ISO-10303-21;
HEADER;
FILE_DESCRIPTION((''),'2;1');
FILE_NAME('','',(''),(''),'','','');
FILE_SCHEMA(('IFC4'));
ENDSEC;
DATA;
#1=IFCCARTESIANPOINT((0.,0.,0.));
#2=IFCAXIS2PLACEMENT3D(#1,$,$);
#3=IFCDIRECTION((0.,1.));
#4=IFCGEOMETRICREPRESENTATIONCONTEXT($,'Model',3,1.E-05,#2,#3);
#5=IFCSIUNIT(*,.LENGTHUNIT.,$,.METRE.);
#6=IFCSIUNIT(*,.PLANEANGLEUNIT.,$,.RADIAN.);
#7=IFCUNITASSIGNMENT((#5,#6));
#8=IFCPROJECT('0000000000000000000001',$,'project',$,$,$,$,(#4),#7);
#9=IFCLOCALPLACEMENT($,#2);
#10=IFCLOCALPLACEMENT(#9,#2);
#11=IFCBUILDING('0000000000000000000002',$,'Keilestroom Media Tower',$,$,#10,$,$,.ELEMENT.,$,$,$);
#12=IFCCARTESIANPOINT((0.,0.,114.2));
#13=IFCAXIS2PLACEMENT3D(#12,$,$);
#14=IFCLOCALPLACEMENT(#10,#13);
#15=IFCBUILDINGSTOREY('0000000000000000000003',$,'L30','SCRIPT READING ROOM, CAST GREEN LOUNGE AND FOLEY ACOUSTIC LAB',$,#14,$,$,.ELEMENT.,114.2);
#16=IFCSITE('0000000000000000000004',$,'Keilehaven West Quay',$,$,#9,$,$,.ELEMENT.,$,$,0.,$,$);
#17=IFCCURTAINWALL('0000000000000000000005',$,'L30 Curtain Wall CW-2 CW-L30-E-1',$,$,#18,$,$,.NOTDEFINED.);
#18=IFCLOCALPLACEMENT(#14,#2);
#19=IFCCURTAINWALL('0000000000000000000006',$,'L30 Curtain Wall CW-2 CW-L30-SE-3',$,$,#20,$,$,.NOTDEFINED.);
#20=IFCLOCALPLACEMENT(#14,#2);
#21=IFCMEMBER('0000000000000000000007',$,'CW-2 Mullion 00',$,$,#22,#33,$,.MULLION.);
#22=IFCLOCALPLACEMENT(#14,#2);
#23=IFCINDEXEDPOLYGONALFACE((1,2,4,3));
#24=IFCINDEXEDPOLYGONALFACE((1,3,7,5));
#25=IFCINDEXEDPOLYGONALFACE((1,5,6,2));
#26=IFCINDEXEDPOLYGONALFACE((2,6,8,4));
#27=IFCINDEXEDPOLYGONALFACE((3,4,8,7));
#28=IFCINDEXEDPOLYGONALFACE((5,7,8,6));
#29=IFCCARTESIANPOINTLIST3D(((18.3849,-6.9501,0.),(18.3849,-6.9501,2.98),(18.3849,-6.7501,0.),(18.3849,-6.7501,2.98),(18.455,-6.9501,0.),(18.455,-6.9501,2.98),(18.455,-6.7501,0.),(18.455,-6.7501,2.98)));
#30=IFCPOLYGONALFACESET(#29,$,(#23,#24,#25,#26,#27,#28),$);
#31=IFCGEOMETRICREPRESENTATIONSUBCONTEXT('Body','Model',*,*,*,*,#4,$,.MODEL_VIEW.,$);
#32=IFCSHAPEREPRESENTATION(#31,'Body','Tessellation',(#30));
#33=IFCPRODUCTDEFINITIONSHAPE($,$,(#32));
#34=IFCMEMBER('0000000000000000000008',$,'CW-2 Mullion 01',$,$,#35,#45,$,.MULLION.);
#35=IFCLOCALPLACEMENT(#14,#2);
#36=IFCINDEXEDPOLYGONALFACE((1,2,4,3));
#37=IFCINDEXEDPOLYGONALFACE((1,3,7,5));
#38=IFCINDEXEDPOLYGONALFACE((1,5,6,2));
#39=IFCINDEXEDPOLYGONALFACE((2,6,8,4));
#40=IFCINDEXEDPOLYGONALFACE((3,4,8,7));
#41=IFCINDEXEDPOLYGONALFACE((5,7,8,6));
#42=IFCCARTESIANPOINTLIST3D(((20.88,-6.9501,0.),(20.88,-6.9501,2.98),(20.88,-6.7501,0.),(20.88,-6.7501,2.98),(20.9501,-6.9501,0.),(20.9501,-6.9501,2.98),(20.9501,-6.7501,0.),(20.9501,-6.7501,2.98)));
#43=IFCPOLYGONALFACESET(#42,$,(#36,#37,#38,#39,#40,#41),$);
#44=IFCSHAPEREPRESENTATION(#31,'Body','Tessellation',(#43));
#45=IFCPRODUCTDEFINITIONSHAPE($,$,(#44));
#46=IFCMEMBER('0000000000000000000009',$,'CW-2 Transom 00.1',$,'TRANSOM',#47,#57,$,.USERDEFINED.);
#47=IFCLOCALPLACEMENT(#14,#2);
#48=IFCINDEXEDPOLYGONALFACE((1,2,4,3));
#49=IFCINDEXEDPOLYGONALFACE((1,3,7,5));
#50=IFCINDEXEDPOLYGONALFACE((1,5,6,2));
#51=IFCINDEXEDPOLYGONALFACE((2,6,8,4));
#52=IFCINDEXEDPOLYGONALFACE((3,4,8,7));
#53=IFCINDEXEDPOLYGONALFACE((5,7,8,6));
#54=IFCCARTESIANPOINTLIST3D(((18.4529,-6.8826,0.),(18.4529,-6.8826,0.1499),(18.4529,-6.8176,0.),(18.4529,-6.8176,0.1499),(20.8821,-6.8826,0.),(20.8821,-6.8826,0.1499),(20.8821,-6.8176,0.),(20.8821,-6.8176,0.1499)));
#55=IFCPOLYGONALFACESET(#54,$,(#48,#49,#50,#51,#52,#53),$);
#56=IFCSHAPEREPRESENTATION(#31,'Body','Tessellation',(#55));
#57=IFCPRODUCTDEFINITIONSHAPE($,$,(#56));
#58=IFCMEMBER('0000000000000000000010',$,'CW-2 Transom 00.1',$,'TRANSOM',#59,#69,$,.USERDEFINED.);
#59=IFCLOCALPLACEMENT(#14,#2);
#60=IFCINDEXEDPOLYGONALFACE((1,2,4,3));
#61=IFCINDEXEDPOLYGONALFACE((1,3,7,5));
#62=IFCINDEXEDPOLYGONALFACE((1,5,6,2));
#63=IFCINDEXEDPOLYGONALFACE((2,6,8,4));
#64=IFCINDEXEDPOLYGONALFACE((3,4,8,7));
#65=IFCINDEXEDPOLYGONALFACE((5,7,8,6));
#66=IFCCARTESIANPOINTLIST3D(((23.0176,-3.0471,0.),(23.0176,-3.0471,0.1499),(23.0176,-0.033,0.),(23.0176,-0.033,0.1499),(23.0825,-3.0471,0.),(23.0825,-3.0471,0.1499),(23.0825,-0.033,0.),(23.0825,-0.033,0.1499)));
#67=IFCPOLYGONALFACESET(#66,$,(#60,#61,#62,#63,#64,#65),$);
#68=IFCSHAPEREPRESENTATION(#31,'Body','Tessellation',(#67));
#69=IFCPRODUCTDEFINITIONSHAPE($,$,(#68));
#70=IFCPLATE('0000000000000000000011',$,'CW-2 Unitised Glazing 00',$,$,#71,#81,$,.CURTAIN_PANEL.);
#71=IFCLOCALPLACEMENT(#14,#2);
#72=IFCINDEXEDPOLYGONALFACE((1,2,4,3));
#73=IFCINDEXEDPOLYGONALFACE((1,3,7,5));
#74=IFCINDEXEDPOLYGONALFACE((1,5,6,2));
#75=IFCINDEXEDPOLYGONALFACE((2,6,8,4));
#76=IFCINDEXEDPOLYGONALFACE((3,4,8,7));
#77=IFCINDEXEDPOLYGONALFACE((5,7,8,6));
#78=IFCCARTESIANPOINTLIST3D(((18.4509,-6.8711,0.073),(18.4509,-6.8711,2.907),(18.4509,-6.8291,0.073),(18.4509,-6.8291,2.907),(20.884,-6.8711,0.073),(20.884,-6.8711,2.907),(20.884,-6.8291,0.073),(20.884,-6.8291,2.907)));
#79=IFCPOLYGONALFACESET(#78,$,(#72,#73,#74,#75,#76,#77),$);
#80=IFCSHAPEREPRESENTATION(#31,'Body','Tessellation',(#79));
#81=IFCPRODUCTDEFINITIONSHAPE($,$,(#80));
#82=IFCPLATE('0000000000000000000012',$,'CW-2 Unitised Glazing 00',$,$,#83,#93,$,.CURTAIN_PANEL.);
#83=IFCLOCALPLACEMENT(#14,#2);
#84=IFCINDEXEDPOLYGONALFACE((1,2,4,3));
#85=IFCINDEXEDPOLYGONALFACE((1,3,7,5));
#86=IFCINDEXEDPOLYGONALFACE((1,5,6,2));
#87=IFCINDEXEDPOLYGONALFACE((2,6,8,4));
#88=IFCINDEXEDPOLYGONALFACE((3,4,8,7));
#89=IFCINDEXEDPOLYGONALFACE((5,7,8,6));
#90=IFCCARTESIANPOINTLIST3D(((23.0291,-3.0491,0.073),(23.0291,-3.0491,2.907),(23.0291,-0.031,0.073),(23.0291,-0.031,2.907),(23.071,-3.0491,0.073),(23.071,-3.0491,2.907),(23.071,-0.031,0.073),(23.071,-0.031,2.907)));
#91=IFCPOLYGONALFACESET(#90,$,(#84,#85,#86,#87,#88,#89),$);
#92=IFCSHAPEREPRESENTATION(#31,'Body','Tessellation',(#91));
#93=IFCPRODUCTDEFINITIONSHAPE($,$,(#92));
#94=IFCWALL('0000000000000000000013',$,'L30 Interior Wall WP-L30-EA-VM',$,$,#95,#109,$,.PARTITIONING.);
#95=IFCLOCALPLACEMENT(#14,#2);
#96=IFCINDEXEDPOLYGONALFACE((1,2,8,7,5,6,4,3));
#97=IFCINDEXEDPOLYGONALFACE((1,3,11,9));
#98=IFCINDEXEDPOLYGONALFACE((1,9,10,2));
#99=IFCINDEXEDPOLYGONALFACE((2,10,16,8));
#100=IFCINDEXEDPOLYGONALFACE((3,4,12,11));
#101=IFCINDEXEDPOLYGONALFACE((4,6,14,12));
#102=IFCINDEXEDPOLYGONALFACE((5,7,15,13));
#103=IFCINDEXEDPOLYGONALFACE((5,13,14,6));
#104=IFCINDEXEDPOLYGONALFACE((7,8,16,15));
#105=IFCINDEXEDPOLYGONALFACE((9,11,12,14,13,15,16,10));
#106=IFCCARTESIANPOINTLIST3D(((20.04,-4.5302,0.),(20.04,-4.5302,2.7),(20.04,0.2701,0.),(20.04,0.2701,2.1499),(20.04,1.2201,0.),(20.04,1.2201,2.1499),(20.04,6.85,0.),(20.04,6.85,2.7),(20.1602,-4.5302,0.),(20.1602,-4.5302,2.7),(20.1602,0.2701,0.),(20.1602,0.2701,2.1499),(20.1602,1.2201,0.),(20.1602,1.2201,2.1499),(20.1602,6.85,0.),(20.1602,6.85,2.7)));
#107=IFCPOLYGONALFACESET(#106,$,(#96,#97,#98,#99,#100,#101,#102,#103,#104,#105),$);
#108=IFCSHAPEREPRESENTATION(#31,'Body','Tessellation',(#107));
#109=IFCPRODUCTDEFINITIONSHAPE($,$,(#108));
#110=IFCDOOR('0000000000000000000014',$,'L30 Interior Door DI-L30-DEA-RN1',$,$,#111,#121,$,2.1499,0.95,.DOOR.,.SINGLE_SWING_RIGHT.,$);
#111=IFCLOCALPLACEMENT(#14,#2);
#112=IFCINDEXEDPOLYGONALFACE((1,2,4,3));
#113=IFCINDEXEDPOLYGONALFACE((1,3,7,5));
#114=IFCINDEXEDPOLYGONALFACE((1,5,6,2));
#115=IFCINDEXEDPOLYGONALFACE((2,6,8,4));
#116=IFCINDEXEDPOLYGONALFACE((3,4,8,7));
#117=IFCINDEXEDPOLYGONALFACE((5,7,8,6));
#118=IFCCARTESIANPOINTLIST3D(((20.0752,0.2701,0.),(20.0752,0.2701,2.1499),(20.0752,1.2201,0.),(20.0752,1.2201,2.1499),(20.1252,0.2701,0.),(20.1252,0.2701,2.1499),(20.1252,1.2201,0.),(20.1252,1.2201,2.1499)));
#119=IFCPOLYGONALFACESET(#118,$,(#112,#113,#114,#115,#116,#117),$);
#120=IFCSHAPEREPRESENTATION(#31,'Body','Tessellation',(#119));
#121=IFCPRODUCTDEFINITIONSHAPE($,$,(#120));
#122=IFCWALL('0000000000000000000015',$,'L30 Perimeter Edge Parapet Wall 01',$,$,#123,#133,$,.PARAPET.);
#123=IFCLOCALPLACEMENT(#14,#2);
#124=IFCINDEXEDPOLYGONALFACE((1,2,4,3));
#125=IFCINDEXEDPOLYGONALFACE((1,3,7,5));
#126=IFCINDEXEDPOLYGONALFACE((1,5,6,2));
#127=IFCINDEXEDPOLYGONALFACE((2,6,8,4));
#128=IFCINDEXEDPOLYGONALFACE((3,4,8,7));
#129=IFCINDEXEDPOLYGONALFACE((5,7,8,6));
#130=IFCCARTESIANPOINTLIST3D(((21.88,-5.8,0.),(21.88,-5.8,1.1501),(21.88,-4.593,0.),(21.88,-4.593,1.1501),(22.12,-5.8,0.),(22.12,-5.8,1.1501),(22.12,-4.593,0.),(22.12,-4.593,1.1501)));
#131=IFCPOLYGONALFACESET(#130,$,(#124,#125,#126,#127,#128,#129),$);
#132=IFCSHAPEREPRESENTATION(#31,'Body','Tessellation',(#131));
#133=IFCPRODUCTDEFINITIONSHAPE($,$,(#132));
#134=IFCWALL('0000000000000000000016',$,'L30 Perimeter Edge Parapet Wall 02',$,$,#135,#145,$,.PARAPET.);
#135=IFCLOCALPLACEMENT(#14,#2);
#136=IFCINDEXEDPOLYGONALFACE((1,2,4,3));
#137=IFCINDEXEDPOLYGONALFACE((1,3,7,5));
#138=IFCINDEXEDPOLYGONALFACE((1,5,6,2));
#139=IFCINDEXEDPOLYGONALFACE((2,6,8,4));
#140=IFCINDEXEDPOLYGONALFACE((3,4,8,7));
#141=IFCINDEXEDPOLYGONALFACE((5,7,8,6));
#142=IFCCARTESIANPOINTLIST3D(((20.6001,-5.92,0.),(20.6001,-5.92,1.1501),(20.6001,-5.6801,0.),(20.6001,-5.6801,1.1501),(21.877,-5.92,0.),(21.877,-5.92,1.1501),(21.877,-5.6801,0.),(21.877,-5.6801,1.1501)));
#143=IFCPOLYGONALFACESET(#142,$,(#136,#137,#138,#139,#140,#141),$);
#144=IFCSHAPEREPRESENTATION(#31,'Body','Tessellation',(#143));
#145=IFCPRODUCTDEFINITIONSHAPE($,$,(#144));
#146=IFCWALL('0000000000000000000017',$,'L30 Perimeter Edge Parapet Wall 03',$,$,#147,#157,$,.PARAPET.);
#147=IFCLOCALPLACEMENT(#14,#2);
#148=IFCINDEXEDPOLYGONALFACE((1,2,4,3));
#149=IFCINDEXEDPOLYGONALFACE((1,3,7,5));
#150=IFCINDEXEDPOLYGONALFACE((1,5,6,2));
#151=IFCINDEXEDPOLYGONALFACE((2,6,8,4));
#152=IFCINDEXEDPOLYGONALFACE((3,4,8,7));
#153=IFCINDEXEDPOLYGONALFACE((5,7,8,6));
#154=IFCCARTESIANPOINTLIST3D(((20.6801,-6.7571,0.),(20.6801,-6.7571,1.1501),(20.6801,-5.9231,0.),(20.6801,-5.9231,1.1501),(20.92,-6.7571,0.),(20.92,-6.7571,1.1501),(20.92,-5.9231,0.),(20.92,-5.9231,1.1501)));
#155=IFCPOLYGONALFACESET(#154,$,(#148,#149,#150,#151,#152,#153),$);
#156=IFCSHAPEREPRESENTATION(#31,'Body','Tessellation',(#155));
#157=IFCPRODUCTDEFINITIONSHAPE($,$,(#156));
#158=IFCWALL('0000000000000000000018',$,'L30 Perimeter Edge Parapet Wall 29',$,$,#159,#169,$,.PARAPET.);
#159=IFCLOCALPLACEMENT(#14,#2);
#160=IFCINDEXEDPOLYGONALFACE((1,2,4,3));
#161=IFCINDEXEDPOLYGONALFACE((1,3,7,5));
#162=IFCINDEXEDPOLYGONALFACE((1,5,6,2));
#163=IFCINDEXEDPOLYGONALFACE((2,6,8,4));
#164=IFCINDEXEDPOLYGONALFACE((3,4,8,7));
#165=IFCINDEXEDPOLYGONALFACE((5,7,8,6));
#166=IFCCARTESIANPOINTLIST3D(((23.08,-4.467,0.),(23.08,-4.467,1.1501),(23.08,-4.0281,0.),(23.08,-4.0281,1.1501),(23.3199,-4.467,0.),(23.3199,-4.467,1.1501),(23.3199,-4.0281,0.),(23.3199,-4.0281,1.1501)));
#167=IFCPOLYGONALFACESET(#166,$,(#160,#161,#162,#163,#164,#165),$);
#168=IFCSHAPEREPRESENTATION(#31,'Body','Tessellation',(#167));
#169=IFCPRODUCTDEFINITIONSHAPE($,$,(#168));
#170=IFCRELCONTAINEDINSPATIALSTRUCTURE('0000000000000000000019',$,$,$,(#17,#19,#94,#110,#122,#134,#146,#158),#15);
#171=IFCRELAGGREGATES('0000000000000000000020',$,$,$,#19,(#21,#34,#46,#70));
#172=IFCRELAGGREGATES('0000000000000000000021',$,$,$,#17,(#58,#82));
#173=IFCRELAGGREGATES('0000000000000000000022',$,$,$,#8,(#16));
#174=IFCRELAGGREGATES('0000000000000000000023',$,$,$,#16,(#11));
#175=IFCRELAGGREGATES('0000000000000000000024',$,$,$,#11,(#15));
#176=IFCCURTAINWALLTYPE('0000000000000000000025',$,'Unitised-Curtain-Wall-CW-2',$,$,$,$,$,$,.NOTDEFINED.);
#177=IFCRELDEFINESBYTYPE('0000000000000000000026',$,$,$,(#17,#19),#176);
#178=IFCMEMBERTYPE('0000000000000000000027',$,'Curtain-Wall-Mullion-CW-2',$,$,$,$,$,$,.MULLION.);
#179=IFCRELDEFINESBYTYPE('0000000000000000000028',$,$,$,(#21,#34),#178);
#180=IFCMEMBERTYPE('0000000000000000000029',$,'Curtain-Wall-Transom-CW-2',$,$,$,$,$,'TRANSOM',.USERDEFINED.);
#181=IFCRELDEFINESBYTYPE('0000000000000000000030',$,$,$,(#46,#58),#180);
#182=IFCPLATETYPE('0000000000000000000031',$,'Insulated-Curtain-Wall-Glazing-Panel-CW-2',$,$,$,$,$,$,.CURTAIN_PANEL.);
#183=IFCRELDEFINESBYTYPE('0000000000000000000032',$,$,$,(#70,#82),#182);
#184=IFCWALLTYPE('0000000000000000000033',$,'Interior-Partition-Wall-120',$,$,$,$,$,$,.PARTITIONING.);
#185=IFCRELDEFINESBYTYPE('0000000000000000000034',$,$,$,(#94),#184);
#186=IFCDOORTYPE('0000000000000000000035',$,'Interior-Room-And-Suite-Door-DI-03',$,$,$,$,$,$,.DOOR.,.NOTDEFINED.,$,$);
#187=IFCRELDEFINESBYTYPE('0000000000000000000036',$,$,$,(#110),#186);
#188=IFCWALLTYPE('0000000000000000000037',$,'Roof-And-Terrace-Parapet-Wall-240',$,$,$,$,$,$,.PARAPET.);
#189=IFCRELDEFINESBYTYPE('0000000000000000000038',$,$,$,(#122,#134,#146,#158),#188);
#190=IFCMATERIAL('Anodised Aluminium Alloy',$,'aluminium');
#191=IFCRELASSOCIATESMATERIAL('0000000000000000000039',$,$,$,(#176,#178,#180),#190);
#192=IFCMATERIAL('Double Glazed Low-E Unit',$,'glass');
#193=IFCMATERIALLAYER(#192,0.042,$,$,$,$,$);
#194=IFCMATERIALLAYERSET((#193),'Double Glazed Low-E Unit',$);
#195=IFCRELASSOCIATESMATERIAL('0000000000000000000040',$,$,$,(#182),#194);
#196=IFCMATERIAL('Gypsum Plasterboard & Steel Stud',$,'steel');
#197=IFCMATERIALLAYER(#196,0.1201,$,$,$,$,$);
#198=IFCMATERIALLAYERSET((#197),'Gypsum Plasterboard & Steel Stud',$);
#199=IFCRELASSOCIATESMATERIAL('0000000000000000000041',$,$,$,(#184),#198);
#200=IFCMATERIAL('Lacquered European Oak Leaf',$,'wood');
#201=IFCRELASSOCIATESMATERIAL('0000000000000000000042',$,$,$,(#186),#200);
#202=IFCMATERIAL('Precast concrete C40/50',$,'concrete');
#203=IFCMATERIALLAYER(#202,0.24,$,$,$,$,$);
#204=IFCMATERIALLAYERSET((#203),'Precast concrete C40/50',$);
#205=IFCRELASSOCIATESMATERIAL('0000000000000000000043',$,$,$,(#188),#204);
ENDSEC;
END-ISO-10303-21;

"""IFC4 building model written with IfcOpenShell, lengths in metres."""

from ifc_helpers import new_model, si_unit, direction, frame, frame_2d, origin, origin_2d, place, context, subcontext, project, spatial, rectangle, extrude, source, transform, mapped, material, layer, layer_set, material_profile, profile_set, type_object, element, fill, aggregate, save


model = new_model("IFC4")

# Units and contexts
model_context = context("Model", 3, precision=1e-05, world=origin(), true_north=direction((0.0, 1.0)))
body_context = subcontext(model_context, "Body", "Model", "MODEL_VIEW")
ifc_project = project(units=[si_unit("LENGTHUNIT", "METRE"), si_unit("PLANEANGLEUNIT", "RADIAN")], contexts=[model_context])

# Site, building, storey
site_placement = place(None, origin())
site = spatial("IfcSite", under=ifc_project, at=site_placement, Name="Keilehaven West Quay", CompositionType="ELEMENT", RefElevation=0.0)
building_placement = place(site_placement, origin())
building = spatial("IfcBuilding", under=site, at=building_placement, Name="Keilestroom Media Tower", CompositionType="ELEMENT")
storey_placement = place(building_placement, frame((0.0, 0.0, 114.2)))
storey = spatial("IfcBuildingStorey", under=building, at=storey_placement, Name="L30", Description="SCRIPT READING ROOM, CAST GREEN LOUNGE AND FOLEY ACOUSTIC LAB", CompositionType="ELEMENT", Elevation=114.2)

# Shared definitions
ifc_material_1 = material(Name="Precast concrete C40/50", Category="concrete")

# Curtain wall
ifc_material_2 = material(Name="Anodised Aluminium Alloy", Category="aluminium")
curtain_wall_type = type_object("IfcCurtainWallType", Name="Unitised-Curtain-Wall-CW-2", PredefinedType="NOTDEFINED", material=ifc_material_2)
curtain_wall_1_placement = place(storey_placement, origin())
curtain_wall_1 = element("IfcCurtainWall", 1, at=curtain_wall_1_placement, inside=storey, type_object=curtain_wall_type, Name="L30 Curtain Wall CW-2 CW-L30-E-1", PredefinedType="NOTDEFINED")
ifc_material_profile_1 = material_profile(ifc_material_2, rectangle(XDim=0.0701, YDim=0.2, at=origin_2d()), Name="ALU MULLION 70x200")
ifc_profile_set_1 = profile_set([ifc_material_profile_1], Name="Anodised Aluminium Alloy")
member_type_1 = type_object("IfcMemberType", Name="Curtain-Wall-Mullion-CW-2", PredefinedType="MULLION", material=ifc_profile_set_1)
shared_shape_1 = source(origin(), body_context, "Body", "SweptSolid", [
    extrude(rectangle(XDim=0.0701, YDim=0.2, at=origin_2d()), origin(), (0.0, 0.0, 1.0), 2.98),
])

# Curtain wall, members
curtain_wall_2_placement = place(storey_placement, origin())
curtain_wall_2 = element("IfcCurtainWall", 2, at=curtain_wall_2_placement, inside=storey, type_object=curtain_wall_type, Name="L30 Curtain Wall CW-2 CW-L30-SE-3", PredefinedType="NOTDEFINED")
member_1_placement = place(storey_placement, frame((18.4199, -6.8501, 0.0), z_axis=(0.0, 0.0, 1.0), x_axis=(1.0, 0.0, 0.0)))
member_1 = element("IfcMember", 3, at=member_1_placement, type_object=member_type_1, Name="CW-2 Mullion 00", PredefinedType="MULLION", context=body_context, shape_type="MappedRepresentation", body=[
    mapped(shared_shape_1, transform((0.0, 0.0, 0.0), x_axis=(1.0, 0.0, 0.0), y_axis=(0.0, 1.0, 0.0), z_axis=(0.0, 0.0, 1.0), scale=1.0)),
])
member_2_placement = place(storey_placement, frame((20.915, -6.8501, 0.0), z_axis=(0.0, 0.0, 1.0), x_axis=(1.0, 0.0, 0.0)))
member_2 = element("IfcMember", 4, at=member_2_placement, type_object=member_type_1, Name="CW-2 Mullion 01", PredefinedType="MULLION", context=body_context, shape_type="MappedRepresentation", body=[
    mapped(shared_shape_1, transform((0.0, 0.0, 0.0), x_axis=(1.0, 0.0, 0.0), y_axis=(0.0, 1.0, 0.0), z_axis=(0.0, 0.0, 1.0), scale=1.0)),
])
ifc_material_profile_2 = material_profile(ifc_material_2, rectangle(XDim=0.0649, YDim=0.1499, at=origin_2d()), Name="ALU TRANSOM 65x150")
ifc_profile_set_2 = profile_set([ifc_material_profile_2], Name="Anodised Aluminium Alloy")
member_type_2 = type_object("IfcMemberType", Name="Curtain-Wall-Transom-CW-2", ElementType="TRANSOM", PredefinedType="USERDEFINED", material=ifc_profile_set_2)
shared_shape_2 = source(origin(), body_context, "Body", "SweptSolid", [
    extrude(rectangle(XDim=0.0649, YDim=0.1499, at=origin_2d()), origin(), (0.0, 0.0, 1.0), 2.4292),
])
member_3_placement = place(storey_placement, frame((18.4529, -6.8501, 0.075), z_axis=(1.0, 0.0, 0.0), x_axis=(0.0, 1.0, 0.0)))
member_3 = element("IfcMember", 5, at=member_3_placement, type_object=member_type_2, Name="CW-2 Transom 00.1", ObjectType="TRANSOM", PredefinedType="USERDEFINED", context=body_context, shape_type="MappedRepresentation", body=[
    mapped(shared_shape_2, transform((0.0, 0.0, 0.0), x_axis=(1.0, 0.0, 0.0), y_axis=(0.0, 1.0, 0.0), z_axis=(0.0, 0.0, 1.0), scale=1.0)),
])

# Member
shared_shape_3 = source(origin(), body_context, "Body", "SweptSolid", [
    extrude(rectangle(XDim=0.0649, YDim=0.1499, at=origin_2d()), origin(), (0.0, 0.0, 1.0), 3.0142),
])
member_4_placement = place(storey_placement, frame((23.05, -3.0471, 0.075), z_axis=(0.0, 1.0, 0.0), x_axis=(-1.0, 0.0, 0.0)))
member_4 = element("IfcMember", 6, at=member_4_placement, type_object=member_type_2, Name="CW-2 Transom 00.1", ObjectType="TRANSOM", PredefinedType="USERDEFINED", context=body_context, shape_type="MappedRepresentation", body=[
    mapped(shared_shape_3, transform((0.0, 0.0, 0.0), x_axis=(1.0, 0.0, 0.0), y_axis=(0.0, 1.0, 0.0), z_axis=(0.0, 0.0, 1.0), scale=1.0)),
])

# Plates
ifc_material_3 = material(Name="Double Glazed Low-E Unit", Category="glass")
ifc_layer_1 = layer(ifc_material_3, 0.042)
ifc_layer_set_1 = layer_set([ifc_layer_1], Name="Double Glazed Low-E Unit")
plate_type = type_object("IfcPlateType", Name="Insulated-Curtain-Wall-Glazing-Panel-CW-2", PredefinedType="CURTAIN_PANEL", material=ifc_layer_set_1)
shared_shape_4 = source(origin(), body_context, "Body", "SweptSolid", [
    extrude(rectangle(XDim=2.4331, YDim=0.042, at=origin_2d()), origin(), (0.0, 0.0, 1.0), 2.834),
])
plate_1_placement = place(storey_placement, frame((19.6675, -6.8501, 0.073), z_axis=(0.0, 0.0, 1.0), x_axis=(1.0, 0.0, 0.0)))
plate_1 = element("IfcPlate", 7, at=plate_1_placement, type_object=plate_type, Name="CW-2 Unitised Glazing 00", PredefinedType="CURTAIN_PANEL", context=body_context, shape_type="MappedRepresentation", body=[
    mapped(shared_shape_4, transform((0.0, 0.0, 0.0), x_axis=(1.0, 0.0, 0.0), y_axis=(0.0, 1.0, 0.0), z_axis=(0.0, 0.0, 1.0), scale=1.0)),
])
aggregate(curtain_wall_2, [member_1, member_2, member_3, plate_1])
shared_shape_5 = source(origin(), body_context, "Body", "SweptSolid", [
    extrude(rectangle(XDim=3.0181, YDim=0.042, at=origin_2d()), origin(), (0.0, 0.0, 1.0), 2.834),
])
plate_2_placement = place(storey_placement, frame((23.05, -1.54, 0.073), z_axis=(0.0, 0.0, 1.0), x_axis=(0.0, 1.0, 0.0)))
plate_2 = element("IfcPlate", 8, at=plate_2_placement, type_object=plate_type, Name="CW-2 Unitised Glazing 00", PredefinedType="CURTAIN_PANEL", context=body_context, shape_type="MappedRepresentation", body=[
    mapped(shared_shape_5, transform((0.0, 0.0, 0.0), x_axis=(1.0, 0.0, 0.0), y_axis=(0.0, 1.0, 0.0), z_axis=(0.0, 0.0, 1.0), scale=1.0)),
])
aggregate(curtain_wall_1, [member_4, plate_2])

# Wall, opening, door
ifc_material_4 = material(Name="Gypsum Plasterboard & Steel Stud", Category="steel")
ifc_layer_2 = layer(ifc_material_4, 0.1201)
ifc_layer_set_2 = layer_set([ifc_layer_2], Name="Gypsum Plasterboard & Steel Stud")
wall_type_1 = type_object("IfcWallType", Name="Interior-Partition-Wall-120", PredefinedType="PARTITIONING", material=ifc_layer_set_2)
wall_1_placement = place(storey_placement, frame((20.1001, -4.53, 0.0), z_axis=(0.0, 0.0, 1.0), x_axis=(0.0, 1.0, 0.0)))
wall_1 = element("IfcWall", 9, at=wall_1_placement, inside=storey, type_object=wall_type_1, Name="L30 Interior Wall WP-L30-EA-VM", PredefinedType="PARTITIONING", context=body_context, shape_type="SweptSolid", body=[
    extrude(rectangle(XDim=11.3801, YDim=0.1201, at=frame_2d((5.6899, 0.0))), origin(), (0.0, 0.0, 1.0), 2.7),
])
opening_placement = place(wall_1_placement, frame((4.8, 0.0, 0.0)))
opening = element("IfcOpeningElement", 10, at=opening_placement, cuts=wall_1, PredefinedType="OPENING", context=body_context, shape_type="SweptSolid", body=[
    extrude(rectangle(XDim=0.95, YDim=2.1499, at=frame_2d((0.4751, 1.075))), frame((0.0, 0.0701, 0.0), z_axis=(0.0, -1.0, 0.0), x_axis=(1.0, 0.0, 0.0)), (0.0, 0.0, 1.0), 0.1401),
])
ifc_material_5 = material(Name="Lacquered European Oak Leaf", Category="wood")
door_type = type_object("IfcDoorType", Name="Interior-Room-And-Suite-Door-DI-03", OperationType="NOTDEFINED", PredefinedType="DOOR", material=ifc_material_5)
shared_shape_6 = source(origin(), body_context, "Body", "SweptSolid", [
    extrude(rectangle(XDim=0.95, YDim=2.1499, at=frame_2d((0.4751, 1.075))), frame((0.0, 0.0249, 0.0), z_axis=(0.0, -1.0, 0.0), x_axis=(1.0, 0.0, 0.0)), (0.0, 0.0, 1.0), 0.05),
])
door_placement = place(opening_placement, origin())
door = element("IfcDoor", 11, at=door_placement, inside=storey, type_object=door_type, Name="L30 Interior Door DI-L30-DEA-RN1", OperationType="SINGLE_SWING_RIGHT", OverallHeight=2.1499, OverallWidth=0.95, PredefinedType="DOOR", context=body_context, shape_type="MappedRepresentation", body=[
    mapped(shared_shape_6, transform((0.0, 0.0, 0.0), x_axis=(1.0, 0.0, 0.0), y_axis=(0.0, 1.0, 0.0), z_axis=(0.0, 0.0, 1.0), scale=1.0)),
])
fill(opening, door)

# Walls
ifc_layer_3 = layer(ifc_material_1, 0.24)
ifc_layer_set_3 = layer_set([ifc_layer_3], Name="Precast concrete C40/50")
wall_type_2 = type_object("IfcWallType", Name="Roof-And-Terrace-Parapet-Wall-240", PredefinedType="PARAPET", material=ifc_layer_set_3)
wall_2_placement = place(storey_placement, frame((22.0, -4.593, 0.0), z_axis=(0.0, 0.0, 1.0), x_axis=(0.0, -1.0, 0.0)))
element("IfcWall", 12, at=wall_2_placement, inside=storey, type_object=wall_type_2, Name="L30 Perimeter Edge Parapet Wall 01", PredefinedType="PARAPET", context=body_context, shape_type="SweptSolid", body=[
    extrude(rectangle(XDim=1.207, YDim=0.24, at=frame_2d((0.6035, 0.0))), origin(), (0.0, 0.0, 1.0), 1.1501),
])
wall_3_placement = place(storey_placement, frame((21.877, -5.8, 0.0), z_axis=(0.0, 0.0, 1.0), x_axis=(-1.0, 0.0, 0.0)))
element("IfcWall", 13, at=wall_3_placement, inside=storey, type_object=wall_type_2, Name="L30 Perimeter Edge Parapet Wall 02", PredefinedType="PARAPET", context=body_context, shape_type="SweptSolid", body=[
    extrude(rectangle(XDim=1.2769, YDim=0.24, at=frame_2d((0.6384, 0.0))), origin(), (0.0, 0.0, 1.0), 1.1501),
])
wall_4_placement = place(storey_placement, frame((20.8, -5.9231, 0.0), z_axis=(0.0, 0.0, 1.0), x_axis=(0.0, -1.0, 0.0)))
element("IfcWall", 14, at=wall_4_placement, inside=storey, type_object=wall_type_2, Name="L30 Perimeter Edge Parapet Wall 03", PredefinedType="PARAPET", context=body_context, shape_type="SweptSolid", body=[
    extrude(rectangle(XDim=0.834, YDim=0.24, at=frame_2d((0.417, 0.0))), origin(), (0.0, 0.0, 1.0), 1.1501),
])
wall_5_placement = place(storey_placement, frame((23.2, -4.0281, 0.0), z_axis=(0.0, 0.0, 1.0), x_axis=(0.0, -1.0, 0.0)))
element("IfcWall", 15, at=wall_5_placement, inside=storey, type_object=wall_type_2, Name="L30 Perimeter Edge Parapet Wall 29", PredefinedType="PARAPET", context=body_context, shape_type="SweptSolid", body=[
    extrude(rectangle(XDim=0.439, YDim=0.24, at=frame_2d((0.2195, 0.0))), origin(), (0.0, 0.0, 1.0), 1.1501),
])

save(model, "model.ifc")
